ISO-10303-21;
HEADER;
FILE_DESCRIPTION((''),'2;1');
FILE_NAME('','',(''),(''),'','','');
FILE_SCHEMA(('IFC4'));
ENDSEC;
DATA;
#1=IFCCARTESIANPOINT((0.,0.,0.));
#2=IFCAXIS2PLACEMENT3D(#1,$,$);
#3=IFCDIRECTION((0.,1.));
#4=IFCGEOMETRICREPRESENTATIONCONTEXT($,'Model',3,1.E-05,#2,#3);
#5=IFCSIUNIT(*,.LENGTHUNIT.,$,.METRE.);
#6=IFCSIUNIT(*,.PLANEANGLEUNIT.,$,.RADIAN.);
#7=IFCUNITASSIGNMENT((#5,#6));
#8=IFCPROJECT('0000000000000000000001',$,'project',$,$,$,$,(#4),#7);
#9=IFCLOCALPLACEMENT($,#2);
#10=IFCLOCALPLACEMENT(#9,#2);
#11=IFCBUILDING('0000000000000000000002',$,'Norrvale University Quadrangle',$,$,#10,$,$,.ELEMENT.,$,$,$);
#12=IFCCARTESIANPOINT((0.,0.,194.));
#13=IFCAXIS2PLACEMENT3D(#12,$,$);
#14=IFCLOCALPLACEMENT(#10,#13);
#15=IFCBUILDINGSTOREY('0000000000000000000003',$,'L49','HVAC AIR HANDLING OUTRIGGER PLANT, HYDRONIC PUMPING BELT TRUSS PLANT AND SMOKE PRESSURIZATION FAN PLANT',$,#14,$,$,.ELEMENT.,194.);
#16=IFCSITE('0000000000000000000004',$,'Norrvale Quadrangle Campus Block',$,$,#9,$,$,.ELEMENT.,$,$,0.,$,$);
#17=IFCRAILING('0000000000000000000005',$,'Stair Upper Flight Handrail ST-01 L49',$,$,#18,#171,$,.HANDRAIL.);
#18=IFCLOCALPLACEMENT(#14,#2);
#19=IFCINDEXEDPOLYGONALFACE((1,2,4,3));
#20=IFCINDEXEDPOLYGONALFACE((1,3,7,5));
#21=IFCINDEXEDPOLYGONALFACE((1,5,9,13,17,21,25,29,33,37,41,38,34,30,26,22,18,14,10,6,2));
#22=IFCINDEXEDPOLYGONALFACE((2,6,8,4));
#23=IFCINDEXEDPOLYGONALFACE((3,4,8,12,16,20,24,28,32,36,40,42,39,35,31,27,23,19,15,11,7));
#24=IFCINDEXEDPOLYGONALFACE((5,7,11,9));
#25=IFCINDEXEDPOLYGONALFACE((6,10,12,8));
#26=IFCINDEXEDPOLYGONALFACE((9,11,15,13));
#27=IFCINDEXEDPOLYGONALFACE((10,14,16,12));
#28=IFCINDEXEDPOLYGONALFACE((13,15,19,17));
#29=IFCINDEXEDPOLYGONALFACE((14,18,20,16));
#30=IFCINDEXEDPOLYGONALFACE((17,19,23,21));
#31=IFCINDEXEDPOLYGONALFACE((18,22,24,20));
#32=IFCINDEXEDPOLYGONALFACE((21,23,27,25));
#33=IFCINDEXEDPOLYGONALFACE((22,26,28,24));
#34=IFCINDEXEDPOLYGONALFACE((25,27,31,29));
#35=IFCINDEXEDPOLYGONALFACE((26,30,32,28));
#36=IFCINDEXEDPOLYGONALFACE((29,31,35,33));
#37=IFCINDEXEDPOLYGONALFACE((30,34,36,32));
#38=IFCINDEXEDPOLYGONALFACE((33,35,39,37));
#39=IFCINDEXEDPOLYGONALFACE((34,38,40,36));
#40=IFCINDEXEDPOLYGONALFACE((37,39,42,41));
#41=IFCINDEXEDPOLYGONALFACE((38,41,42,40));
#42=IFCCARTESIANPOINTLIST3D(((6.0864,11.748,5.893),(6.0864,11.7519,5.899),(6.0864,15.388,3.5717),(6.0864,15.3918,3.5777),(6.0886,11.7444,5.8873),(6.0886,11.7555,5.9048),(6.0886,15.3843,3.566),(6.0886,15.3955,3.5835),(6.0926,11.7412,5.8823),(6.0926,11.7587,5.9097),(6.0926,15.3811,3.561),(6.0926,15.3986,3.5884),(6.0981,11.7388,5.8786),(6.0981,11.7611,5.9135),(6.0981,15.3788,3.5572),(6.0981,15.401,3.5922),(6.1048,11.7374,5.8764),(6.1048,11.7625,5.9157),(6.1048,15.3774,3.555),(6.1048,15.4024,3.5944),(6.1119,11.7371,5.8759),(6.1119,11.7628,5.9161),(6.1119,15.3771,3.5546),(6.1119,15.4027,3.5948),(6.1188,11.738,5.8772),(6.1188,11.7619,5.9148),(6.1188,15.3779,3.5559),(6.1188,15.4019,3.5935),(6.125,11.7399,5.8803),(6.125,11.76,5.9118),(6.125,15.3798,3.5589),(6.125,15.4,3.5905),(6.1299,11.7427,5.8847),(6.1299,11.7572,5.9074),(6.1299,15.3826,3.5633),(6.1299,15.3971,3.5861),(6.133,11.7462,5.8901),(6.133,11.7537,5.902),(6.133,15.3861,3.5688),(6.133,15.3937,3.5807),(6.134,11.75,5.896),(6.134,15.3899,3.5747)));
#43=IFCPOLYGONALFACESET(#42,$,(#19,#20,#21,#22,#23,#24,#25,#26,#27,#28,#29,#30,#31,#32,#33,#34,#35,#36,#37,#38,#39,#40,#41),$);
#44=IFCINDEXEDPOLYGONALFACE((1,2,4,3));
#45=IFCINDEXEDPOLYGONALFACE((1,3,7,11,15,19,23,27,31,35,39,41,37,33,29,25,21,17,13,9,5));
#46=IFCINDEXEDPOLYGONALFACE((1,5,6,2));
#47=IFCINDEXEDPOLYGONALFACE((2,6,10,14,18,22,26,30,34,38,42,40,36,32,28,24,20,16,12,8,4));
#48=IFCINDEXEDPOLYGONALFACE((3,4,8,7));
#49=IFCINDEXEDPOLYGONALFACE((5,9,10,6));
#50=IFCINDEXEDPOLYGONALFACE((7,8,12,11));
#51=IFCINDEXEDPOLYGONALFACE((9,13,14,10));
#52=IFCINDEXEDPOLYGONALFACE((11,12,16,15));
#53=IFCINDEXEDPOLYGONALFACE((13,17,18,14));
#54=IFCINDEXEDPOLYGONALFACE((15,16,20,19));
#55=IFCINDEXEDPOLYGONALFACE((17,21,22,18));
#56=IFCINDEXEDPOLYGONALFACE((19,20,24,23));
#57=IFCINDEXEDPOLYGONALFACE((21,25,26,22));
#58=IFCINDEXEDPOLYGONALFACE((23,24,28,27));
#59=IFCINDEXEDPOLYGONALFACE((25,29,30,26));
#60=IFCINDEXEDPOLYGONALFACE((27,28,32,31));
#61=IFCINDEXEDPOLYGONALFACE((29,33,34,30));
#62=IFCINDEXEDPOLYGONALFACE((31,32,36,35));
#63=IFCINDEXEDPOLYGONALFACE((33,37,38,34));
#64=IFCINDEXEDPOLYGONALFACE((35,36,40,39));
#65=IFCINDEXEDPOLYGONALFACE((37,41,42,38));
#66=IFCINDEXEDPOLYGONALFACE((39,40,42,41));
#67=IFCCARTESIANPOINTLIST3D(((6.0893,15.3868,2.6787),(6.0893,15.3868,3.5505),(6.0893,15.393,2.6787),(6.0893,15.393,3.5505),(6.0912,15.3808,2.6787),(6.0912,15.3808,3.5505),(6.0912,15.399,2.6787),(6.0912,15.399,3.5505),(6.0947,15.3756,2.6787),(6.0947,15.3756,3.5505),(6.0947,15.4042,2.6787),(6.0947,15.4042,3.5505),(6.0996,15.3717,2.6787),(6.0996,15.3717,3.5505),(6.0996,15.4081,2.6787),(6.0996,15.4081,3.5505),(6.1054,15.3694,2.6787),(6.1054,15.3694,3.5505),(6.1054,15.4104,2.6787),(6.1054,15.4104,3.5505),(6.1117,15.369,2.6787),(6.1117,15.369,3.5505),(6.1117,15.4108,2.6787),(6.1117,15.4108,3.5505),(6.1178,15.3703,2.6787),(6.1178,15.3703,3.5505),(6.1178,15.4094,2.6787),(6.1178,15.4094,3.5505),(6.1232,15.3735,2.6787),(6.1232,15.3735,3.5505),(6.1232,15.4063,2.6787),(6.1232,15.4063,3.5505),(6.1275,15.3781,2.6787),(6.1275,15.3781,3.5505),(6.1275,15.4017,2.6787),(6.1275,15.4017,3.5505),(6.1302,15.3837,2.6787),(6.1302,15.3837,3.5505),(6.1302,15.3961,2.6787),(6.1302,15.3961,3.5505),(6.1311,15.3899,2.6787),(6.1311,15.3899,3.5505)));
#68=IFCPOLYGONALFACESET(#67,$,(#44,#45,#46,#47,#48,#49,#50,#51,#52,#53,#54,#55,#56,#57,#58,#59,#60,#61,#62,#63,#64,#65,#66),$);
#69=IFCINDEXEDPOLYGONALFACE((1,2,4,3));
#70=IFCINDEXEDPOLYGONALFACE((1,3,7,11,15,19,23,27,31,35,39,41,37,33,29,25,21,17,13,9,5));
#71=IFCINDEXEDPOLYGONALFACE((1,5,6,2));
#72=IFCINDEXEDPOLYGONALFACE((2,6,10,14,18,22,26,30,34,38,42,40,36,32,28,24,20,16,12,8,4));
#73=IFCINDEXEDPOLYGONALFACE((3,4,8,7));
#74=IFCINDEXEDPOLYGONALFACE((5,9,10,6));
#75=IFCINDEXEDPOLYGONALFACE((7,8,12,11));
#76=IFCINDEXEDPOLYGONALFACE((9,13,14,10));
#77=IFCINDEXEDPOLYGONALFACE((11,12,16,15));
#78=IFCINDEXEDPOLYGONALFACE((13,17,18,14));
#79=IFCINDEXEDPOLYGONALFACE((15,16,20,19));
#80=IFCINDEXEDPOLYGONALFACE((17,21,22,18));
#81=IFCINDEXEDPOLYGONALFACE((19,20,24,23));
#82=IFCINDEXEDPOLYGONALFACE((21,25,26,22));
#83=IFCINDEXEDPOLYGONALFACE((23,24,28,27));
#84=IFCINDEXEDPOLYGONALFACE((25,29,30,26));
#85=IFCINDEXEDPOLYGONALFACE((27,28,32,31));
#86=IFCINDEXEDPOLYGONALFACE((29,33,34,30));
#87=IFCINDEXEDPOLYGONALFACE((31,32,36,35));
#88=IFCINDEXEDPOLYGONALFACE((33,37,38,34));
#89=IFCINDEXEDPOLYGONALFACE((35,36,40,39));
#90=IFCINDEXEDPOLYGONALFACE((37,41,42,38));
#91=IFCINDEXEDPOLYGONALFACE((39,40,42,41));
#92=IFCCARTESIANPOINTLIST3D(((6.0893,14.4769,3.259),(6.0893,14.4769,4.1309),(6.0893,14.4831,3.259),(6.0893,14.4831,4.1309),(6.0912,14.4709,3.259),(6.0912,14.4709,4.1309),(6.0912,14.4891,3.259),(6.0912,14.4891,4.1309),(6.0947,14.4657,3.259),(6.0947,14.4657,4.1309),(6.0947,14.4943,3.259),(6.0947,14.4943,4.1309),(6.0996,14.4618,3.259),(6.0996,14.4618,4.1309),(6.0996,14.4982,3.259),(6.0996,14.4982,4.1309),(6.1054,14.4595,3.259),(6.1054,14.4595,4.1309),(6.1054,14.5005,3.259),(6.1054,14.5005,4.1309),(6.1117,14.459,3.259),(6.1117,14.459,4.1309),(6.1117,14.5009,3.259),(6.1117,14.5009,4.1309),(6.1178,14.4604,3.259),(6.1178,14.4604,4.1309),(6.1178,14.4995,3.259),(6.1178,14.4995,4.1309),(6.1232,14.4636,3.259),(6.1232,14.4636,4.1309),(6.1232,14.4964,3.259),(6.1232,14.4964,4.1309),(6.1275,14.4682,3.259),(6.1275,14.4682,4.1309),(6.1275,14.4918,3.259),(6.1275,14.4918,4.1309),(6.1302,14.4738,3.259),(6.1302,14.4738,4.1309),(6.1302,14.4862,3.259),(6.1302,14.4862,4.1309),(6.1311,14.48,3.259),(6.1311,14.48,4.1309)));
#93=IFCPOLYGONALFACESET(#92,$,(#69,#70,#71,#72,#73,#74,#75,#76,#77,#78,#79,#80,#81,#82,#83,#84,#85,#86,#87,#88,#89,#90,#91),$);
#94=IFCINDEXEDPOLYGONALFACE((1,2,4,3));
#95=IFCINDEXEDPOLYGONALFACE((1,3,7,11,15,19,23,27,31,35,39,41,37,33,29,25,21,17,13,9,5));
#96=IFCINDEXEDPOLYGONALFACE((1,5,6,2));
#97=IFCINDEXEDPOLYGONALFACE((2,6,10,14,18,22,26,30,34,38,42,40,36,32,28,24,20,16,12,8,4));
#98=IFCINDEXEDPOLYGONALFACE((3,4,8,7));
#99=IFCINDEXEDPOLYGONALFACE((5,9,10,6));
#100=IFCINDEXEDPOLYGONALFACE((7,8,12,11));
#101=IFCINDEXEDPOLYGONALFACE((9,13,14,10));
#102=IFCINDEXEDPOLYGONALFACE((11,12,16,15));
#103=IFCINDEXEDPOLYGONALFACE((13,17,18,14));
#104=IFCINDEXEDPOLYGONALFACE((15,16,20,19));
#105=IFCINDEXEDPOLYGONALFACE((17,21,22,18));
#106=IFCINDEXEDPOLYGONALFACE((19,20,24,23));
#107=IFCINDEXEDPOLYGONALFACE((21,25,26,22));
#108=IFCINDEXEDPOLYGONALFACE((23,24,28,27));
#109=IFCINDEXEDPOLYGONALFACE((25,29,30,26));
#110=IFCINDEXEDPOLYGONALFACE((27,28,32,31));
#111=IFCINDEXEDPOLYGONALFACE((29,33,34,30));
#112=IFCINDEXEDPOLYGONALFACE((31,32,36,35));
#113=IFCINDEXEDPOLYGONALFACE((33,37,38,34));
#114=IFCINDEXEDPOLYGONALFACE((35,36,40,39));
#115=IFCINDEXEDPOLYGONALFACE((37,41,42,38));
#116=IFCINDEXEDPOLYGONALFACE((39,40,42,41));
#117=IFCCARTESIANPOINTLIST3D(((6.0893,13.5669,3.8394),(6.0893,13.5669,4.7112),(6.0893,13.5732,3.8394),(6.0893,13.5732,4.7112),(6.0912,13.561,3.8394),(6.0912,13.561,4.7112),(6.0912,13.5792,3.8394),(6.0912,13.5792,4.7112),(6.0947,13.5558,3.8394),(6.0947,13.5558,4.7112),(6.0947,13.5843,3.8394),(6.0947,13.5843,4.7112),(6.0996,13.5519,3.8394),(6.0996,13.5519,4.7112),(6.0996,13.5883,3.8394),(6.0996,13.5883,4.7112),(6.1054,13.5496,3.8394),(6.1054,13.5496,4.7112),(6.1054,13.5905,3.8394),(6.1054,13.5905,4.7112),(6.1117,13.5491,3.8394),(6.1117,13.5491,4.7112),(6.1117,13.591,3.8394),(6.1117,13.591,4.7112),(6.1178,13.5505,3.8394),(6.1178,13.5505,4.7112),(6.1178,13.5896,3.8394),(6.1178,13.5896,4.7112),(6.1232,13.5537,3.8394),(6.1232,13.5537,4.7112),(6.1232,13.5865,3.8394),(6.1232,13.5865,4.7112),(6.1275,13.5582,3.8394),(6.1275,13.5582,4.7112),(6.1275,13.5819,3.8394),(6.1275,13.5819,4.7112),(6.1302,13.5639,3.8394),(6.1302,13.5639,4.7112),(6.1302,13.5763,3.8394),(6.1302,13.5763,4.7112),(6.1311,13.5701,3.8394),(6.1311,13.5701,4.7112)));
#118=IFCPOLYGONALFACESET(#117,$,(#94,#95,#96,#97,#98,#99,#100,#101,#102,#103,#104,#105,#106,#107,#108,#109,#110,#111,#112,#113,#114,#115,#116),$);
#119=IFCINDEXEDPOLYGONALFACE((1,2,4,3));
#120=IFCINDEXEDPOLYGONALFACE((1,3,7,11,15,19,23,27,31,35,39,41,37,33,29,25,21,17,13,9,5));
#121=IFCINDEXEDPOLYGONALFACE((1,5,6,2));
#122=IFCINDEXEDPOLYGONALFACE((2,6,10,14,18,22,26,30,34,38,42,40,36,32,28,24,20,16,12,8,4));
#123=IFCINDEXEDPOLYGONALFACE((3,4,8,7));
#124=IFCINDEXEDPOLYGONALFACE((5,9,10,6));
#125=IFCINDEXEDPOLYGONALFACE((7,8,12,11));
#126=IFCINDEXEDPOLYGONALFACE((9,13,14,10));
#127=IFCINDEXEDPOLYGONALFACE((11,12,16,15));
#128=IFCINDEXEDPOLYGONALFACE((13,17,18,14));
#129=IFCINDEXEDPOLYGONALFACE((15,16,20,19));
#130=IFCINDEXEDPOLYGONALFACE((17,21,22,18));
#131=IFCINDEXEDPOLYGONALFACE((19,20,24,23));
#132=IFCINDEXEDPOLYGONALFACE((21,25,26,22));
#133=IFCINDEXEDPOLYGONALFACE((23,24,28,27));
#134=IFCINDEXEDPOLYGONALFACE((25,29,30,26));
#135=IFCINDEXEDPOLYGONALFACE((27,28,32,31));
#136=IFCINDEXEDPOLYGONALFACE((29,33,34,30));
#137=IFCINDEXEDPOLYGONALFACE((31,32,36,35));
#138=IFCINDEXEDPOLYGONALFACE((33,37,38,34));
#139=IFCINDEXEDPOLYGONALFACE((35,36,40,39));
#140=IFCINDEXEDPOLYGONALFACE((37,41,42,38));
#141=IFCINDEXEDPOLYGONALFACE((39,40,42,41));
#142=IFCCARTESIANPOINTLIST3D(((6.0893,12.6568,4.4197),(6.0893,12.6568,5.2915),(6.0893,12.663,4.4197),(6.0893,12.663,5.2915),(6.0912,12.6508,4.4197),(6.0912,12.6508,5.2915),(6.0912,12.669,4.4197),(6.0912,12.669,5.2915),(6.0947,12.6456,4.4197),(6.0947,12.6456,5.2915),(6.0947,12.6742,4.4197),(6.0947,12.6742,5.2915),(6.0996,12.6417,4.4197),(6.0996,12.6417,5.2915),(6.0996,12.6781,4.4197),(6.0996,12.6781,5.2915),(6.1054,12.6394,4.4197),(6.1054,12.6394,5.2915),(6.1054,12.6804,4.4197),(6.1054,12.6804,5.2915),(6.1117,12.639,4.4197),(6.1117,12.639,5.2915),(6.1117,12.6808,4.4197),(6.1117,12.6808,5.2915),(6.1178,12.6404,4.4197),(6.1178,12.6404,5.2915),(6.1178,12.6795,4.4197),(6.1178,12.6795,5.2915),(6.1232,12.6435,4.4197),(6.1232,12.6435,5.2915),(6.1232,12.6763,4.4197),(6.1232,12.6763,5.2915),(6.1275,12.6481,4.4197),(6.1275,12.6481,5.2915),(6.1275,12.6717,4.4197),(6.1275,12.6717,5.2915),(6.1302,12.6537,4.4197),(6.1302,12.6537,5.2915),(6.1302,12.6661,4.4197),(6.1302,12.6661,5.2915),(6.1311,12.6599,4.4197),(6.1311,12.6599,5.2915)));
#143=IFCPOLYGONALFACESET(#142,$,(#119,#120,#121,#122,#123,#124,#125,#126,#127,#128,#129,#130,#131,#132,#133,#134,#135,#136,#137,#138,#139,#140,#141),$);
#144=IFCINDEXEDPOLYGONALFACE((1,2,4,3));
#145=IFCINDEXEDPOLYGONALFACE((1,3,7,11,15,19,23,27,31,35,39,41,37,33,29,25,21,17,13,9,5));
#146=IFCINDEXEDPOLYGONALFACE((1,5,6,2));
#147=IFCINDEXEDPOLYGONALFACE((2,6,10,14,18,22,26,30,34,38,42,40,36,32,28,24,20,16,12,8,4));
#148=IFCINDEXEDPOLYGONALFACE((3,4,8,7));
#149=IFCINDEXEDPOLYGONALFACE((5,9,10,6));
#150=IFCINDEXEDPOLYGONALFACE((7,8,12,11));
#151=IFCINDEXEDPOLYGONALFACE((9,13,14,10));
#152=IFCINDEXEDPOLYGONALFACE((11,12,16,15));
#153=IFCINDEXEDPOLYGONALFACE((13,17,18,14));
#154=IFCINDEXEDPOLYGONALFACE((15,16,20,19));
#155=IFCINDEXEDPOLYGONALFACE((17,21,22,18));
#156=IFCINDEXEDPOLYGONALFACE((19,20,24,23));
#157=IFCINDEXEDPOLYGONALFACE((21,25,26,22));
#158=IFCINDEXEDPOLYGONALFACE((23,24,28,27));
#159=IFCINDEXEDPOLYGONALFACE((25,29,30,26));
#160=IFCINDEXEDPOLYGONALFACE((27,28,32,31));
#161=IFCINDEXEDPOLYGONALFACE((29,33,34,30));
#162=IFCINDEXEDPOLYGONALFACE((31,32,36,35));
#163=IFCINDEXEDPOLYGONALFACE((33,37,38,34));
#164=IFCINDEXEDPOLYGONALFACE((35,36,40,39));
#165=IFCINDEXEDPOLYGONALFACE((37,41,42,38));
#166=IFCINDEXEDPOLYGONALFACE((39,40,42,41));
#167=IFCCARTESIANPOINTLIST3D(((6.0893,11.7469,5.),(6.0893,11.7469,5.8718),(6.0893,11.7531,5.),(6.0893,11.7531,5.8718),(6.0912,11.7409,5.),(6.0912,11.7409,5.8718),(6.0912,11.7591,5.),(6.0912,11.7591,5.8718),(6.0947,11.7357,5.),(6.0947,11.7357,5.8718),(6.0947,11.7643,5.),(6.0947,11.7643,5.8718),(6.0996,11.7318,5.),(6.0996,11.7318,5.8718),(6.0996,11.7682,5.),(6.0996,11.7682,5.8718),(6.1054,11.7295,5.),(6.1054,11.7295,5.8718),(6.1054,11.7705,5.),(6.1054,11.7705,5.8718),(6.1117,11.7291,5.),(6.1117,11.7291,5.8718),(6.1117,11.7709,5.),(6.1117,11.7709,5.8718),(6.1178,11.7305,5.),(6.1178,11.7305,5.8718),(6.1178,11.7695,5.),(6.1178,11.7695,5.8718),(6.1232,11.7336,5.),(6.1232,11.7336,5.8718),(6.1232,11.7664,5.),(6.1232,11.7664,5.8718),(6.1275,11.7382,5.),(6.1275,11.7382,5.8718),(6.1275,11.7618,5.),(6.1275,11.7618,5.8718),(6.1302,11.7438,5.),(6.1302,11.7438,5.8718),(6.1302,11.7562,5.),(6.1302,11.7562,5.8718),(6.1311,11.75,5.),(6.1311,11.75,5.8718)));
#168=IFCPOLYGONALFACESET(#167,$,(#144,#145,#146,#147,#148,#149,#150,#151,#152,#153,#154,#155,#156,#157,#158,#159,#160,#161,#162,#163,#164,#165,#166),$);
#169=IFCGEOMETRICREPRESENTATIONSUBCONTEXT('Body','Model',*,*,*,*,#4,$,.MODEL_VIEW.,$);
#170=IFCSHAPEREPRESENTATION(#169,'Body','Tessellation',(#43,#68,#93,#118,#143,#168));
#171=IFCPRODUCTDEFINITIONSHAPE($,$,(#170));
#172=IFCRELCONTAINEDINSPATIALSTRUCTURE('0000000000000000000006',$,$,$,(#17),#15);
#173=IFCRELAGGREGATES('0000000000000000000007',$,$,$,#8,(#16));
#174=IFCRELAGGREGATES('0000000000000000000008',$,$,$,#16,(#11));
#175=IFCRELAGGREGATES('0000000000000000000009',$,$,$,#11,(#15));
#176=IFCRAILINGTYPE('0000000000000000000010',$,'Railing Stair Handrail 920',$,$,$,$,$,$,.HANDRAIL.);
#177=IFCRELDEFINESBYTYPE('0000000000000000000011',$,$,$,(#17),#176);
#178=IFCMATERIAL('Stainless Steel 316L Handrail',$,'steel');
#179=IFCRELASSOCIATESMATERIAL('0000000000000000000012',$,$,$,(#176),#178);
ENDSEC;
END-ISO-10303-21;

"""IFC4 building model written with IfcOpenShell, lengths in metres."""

from ifc_helpers import new_model, si_unit, direction, frame, origin, origin_2d, place, context, subcontext, project, spatial, circle, extrude, material, type_object, element, save


model = new_model("IFC4")

# Units and contexts
model_context = context("Model", 3, precision=1e-05, world=origin(), true_north=direction((0.0, 1.0)))
body_context = subcontext(model_context, "Body", "Model", "MODEL_VIEW")
ifc_project = project(units=[si_unit("LENGTHUNIT", "METRE"), si_unit("PLANEANGLEUNIT", "RADIAN")], contexts=[model_context])

# Site, building, storey
site_placement = place(None, origin())
site = spatial("IfcSite", under=ifc_project, at=site_placement, Name="Norrvale Quadrangle Campus Block", CompositionType="ELEMENT", RefElevation=0.0)
building_placement = place(site_placement, origin())
building = spatial("IfcBuilding", under=site, at=building_placement, Name="Norrvale University Quadrangle", CompositionType="ELEMENT")
storey_placement = place(building_placement, frame((0.0, 0.0, 194.0)))
storey = spatial("IfcBuildingStorey", under=building, at=storey_placement, Name="L49", Description="HVAC AIR HANDLING OUTRIGGER PLANT, HYDRONIC PUMPING BELT TRUSS PLANT AND SMOKE PRESSURIZATION FAN PLANT", CompositionType="ELEMENT", Elevation=194.0)

# Railing
ifc_material_1 = material(Name="Stainless Steel 316L Handrail", Category="steel")
railing_type_1 = type_object("IfcRailingType", Name="Railing Stair Handrail 920", PredefinedType="HANDRAIL", material=ifc_material_1)
railing_1_placement = place(storey_placement, frame((6.1101, 15.3899, 2.6787)))
element("IfcRailing", 1, at=railing_1_placement, inside=storey, type_object=railing_type_1, Name="Stair Upper Flight Handrail ST-01 L49", PredefinedType="HANDRAIL", context=body_context, shape_type="SweptSolid", body=[
    extrude(circle(Radius=0.0239, at=origin_2d()), frame((0.0, 0.0, 0.896), z_axis=(0.0, -0.843137, 0.537699), x_axis=(1.0, 0.0, 0.0)), (0.0, 0.0, 1.0), 4.3171),
    extrude(circle(Radius=0.021, at=origin_2d()), origin(), (0.0, 0.0, 1.0), 0.8718),
    extrude(circle(Radius=0.021, at=origin_2d()), frame((0.0, -0.9099, 0.5803)), (0.0, 0.0, 1.0), 0.8718),
    extrude(circle(Radius=0.021, at=origin_2d()), frame((0.0, -1.8198, 1.1606)), (0.0, 0.0, 1.0), 0.8718),
    extrude(circle(Radius=0.021, at=origin_2d()), frame((0.0, -2.73, 1.741)), (0.0, 0.0, 1.0), 0.8718),
    extrude(circle(Radius=0.021, at=origin_2d()), frame((0.0, -3.6399, 2.3213)), (0.0, 0.0, 1.0), 0.8718),
])

save(model, "model.ifc")
